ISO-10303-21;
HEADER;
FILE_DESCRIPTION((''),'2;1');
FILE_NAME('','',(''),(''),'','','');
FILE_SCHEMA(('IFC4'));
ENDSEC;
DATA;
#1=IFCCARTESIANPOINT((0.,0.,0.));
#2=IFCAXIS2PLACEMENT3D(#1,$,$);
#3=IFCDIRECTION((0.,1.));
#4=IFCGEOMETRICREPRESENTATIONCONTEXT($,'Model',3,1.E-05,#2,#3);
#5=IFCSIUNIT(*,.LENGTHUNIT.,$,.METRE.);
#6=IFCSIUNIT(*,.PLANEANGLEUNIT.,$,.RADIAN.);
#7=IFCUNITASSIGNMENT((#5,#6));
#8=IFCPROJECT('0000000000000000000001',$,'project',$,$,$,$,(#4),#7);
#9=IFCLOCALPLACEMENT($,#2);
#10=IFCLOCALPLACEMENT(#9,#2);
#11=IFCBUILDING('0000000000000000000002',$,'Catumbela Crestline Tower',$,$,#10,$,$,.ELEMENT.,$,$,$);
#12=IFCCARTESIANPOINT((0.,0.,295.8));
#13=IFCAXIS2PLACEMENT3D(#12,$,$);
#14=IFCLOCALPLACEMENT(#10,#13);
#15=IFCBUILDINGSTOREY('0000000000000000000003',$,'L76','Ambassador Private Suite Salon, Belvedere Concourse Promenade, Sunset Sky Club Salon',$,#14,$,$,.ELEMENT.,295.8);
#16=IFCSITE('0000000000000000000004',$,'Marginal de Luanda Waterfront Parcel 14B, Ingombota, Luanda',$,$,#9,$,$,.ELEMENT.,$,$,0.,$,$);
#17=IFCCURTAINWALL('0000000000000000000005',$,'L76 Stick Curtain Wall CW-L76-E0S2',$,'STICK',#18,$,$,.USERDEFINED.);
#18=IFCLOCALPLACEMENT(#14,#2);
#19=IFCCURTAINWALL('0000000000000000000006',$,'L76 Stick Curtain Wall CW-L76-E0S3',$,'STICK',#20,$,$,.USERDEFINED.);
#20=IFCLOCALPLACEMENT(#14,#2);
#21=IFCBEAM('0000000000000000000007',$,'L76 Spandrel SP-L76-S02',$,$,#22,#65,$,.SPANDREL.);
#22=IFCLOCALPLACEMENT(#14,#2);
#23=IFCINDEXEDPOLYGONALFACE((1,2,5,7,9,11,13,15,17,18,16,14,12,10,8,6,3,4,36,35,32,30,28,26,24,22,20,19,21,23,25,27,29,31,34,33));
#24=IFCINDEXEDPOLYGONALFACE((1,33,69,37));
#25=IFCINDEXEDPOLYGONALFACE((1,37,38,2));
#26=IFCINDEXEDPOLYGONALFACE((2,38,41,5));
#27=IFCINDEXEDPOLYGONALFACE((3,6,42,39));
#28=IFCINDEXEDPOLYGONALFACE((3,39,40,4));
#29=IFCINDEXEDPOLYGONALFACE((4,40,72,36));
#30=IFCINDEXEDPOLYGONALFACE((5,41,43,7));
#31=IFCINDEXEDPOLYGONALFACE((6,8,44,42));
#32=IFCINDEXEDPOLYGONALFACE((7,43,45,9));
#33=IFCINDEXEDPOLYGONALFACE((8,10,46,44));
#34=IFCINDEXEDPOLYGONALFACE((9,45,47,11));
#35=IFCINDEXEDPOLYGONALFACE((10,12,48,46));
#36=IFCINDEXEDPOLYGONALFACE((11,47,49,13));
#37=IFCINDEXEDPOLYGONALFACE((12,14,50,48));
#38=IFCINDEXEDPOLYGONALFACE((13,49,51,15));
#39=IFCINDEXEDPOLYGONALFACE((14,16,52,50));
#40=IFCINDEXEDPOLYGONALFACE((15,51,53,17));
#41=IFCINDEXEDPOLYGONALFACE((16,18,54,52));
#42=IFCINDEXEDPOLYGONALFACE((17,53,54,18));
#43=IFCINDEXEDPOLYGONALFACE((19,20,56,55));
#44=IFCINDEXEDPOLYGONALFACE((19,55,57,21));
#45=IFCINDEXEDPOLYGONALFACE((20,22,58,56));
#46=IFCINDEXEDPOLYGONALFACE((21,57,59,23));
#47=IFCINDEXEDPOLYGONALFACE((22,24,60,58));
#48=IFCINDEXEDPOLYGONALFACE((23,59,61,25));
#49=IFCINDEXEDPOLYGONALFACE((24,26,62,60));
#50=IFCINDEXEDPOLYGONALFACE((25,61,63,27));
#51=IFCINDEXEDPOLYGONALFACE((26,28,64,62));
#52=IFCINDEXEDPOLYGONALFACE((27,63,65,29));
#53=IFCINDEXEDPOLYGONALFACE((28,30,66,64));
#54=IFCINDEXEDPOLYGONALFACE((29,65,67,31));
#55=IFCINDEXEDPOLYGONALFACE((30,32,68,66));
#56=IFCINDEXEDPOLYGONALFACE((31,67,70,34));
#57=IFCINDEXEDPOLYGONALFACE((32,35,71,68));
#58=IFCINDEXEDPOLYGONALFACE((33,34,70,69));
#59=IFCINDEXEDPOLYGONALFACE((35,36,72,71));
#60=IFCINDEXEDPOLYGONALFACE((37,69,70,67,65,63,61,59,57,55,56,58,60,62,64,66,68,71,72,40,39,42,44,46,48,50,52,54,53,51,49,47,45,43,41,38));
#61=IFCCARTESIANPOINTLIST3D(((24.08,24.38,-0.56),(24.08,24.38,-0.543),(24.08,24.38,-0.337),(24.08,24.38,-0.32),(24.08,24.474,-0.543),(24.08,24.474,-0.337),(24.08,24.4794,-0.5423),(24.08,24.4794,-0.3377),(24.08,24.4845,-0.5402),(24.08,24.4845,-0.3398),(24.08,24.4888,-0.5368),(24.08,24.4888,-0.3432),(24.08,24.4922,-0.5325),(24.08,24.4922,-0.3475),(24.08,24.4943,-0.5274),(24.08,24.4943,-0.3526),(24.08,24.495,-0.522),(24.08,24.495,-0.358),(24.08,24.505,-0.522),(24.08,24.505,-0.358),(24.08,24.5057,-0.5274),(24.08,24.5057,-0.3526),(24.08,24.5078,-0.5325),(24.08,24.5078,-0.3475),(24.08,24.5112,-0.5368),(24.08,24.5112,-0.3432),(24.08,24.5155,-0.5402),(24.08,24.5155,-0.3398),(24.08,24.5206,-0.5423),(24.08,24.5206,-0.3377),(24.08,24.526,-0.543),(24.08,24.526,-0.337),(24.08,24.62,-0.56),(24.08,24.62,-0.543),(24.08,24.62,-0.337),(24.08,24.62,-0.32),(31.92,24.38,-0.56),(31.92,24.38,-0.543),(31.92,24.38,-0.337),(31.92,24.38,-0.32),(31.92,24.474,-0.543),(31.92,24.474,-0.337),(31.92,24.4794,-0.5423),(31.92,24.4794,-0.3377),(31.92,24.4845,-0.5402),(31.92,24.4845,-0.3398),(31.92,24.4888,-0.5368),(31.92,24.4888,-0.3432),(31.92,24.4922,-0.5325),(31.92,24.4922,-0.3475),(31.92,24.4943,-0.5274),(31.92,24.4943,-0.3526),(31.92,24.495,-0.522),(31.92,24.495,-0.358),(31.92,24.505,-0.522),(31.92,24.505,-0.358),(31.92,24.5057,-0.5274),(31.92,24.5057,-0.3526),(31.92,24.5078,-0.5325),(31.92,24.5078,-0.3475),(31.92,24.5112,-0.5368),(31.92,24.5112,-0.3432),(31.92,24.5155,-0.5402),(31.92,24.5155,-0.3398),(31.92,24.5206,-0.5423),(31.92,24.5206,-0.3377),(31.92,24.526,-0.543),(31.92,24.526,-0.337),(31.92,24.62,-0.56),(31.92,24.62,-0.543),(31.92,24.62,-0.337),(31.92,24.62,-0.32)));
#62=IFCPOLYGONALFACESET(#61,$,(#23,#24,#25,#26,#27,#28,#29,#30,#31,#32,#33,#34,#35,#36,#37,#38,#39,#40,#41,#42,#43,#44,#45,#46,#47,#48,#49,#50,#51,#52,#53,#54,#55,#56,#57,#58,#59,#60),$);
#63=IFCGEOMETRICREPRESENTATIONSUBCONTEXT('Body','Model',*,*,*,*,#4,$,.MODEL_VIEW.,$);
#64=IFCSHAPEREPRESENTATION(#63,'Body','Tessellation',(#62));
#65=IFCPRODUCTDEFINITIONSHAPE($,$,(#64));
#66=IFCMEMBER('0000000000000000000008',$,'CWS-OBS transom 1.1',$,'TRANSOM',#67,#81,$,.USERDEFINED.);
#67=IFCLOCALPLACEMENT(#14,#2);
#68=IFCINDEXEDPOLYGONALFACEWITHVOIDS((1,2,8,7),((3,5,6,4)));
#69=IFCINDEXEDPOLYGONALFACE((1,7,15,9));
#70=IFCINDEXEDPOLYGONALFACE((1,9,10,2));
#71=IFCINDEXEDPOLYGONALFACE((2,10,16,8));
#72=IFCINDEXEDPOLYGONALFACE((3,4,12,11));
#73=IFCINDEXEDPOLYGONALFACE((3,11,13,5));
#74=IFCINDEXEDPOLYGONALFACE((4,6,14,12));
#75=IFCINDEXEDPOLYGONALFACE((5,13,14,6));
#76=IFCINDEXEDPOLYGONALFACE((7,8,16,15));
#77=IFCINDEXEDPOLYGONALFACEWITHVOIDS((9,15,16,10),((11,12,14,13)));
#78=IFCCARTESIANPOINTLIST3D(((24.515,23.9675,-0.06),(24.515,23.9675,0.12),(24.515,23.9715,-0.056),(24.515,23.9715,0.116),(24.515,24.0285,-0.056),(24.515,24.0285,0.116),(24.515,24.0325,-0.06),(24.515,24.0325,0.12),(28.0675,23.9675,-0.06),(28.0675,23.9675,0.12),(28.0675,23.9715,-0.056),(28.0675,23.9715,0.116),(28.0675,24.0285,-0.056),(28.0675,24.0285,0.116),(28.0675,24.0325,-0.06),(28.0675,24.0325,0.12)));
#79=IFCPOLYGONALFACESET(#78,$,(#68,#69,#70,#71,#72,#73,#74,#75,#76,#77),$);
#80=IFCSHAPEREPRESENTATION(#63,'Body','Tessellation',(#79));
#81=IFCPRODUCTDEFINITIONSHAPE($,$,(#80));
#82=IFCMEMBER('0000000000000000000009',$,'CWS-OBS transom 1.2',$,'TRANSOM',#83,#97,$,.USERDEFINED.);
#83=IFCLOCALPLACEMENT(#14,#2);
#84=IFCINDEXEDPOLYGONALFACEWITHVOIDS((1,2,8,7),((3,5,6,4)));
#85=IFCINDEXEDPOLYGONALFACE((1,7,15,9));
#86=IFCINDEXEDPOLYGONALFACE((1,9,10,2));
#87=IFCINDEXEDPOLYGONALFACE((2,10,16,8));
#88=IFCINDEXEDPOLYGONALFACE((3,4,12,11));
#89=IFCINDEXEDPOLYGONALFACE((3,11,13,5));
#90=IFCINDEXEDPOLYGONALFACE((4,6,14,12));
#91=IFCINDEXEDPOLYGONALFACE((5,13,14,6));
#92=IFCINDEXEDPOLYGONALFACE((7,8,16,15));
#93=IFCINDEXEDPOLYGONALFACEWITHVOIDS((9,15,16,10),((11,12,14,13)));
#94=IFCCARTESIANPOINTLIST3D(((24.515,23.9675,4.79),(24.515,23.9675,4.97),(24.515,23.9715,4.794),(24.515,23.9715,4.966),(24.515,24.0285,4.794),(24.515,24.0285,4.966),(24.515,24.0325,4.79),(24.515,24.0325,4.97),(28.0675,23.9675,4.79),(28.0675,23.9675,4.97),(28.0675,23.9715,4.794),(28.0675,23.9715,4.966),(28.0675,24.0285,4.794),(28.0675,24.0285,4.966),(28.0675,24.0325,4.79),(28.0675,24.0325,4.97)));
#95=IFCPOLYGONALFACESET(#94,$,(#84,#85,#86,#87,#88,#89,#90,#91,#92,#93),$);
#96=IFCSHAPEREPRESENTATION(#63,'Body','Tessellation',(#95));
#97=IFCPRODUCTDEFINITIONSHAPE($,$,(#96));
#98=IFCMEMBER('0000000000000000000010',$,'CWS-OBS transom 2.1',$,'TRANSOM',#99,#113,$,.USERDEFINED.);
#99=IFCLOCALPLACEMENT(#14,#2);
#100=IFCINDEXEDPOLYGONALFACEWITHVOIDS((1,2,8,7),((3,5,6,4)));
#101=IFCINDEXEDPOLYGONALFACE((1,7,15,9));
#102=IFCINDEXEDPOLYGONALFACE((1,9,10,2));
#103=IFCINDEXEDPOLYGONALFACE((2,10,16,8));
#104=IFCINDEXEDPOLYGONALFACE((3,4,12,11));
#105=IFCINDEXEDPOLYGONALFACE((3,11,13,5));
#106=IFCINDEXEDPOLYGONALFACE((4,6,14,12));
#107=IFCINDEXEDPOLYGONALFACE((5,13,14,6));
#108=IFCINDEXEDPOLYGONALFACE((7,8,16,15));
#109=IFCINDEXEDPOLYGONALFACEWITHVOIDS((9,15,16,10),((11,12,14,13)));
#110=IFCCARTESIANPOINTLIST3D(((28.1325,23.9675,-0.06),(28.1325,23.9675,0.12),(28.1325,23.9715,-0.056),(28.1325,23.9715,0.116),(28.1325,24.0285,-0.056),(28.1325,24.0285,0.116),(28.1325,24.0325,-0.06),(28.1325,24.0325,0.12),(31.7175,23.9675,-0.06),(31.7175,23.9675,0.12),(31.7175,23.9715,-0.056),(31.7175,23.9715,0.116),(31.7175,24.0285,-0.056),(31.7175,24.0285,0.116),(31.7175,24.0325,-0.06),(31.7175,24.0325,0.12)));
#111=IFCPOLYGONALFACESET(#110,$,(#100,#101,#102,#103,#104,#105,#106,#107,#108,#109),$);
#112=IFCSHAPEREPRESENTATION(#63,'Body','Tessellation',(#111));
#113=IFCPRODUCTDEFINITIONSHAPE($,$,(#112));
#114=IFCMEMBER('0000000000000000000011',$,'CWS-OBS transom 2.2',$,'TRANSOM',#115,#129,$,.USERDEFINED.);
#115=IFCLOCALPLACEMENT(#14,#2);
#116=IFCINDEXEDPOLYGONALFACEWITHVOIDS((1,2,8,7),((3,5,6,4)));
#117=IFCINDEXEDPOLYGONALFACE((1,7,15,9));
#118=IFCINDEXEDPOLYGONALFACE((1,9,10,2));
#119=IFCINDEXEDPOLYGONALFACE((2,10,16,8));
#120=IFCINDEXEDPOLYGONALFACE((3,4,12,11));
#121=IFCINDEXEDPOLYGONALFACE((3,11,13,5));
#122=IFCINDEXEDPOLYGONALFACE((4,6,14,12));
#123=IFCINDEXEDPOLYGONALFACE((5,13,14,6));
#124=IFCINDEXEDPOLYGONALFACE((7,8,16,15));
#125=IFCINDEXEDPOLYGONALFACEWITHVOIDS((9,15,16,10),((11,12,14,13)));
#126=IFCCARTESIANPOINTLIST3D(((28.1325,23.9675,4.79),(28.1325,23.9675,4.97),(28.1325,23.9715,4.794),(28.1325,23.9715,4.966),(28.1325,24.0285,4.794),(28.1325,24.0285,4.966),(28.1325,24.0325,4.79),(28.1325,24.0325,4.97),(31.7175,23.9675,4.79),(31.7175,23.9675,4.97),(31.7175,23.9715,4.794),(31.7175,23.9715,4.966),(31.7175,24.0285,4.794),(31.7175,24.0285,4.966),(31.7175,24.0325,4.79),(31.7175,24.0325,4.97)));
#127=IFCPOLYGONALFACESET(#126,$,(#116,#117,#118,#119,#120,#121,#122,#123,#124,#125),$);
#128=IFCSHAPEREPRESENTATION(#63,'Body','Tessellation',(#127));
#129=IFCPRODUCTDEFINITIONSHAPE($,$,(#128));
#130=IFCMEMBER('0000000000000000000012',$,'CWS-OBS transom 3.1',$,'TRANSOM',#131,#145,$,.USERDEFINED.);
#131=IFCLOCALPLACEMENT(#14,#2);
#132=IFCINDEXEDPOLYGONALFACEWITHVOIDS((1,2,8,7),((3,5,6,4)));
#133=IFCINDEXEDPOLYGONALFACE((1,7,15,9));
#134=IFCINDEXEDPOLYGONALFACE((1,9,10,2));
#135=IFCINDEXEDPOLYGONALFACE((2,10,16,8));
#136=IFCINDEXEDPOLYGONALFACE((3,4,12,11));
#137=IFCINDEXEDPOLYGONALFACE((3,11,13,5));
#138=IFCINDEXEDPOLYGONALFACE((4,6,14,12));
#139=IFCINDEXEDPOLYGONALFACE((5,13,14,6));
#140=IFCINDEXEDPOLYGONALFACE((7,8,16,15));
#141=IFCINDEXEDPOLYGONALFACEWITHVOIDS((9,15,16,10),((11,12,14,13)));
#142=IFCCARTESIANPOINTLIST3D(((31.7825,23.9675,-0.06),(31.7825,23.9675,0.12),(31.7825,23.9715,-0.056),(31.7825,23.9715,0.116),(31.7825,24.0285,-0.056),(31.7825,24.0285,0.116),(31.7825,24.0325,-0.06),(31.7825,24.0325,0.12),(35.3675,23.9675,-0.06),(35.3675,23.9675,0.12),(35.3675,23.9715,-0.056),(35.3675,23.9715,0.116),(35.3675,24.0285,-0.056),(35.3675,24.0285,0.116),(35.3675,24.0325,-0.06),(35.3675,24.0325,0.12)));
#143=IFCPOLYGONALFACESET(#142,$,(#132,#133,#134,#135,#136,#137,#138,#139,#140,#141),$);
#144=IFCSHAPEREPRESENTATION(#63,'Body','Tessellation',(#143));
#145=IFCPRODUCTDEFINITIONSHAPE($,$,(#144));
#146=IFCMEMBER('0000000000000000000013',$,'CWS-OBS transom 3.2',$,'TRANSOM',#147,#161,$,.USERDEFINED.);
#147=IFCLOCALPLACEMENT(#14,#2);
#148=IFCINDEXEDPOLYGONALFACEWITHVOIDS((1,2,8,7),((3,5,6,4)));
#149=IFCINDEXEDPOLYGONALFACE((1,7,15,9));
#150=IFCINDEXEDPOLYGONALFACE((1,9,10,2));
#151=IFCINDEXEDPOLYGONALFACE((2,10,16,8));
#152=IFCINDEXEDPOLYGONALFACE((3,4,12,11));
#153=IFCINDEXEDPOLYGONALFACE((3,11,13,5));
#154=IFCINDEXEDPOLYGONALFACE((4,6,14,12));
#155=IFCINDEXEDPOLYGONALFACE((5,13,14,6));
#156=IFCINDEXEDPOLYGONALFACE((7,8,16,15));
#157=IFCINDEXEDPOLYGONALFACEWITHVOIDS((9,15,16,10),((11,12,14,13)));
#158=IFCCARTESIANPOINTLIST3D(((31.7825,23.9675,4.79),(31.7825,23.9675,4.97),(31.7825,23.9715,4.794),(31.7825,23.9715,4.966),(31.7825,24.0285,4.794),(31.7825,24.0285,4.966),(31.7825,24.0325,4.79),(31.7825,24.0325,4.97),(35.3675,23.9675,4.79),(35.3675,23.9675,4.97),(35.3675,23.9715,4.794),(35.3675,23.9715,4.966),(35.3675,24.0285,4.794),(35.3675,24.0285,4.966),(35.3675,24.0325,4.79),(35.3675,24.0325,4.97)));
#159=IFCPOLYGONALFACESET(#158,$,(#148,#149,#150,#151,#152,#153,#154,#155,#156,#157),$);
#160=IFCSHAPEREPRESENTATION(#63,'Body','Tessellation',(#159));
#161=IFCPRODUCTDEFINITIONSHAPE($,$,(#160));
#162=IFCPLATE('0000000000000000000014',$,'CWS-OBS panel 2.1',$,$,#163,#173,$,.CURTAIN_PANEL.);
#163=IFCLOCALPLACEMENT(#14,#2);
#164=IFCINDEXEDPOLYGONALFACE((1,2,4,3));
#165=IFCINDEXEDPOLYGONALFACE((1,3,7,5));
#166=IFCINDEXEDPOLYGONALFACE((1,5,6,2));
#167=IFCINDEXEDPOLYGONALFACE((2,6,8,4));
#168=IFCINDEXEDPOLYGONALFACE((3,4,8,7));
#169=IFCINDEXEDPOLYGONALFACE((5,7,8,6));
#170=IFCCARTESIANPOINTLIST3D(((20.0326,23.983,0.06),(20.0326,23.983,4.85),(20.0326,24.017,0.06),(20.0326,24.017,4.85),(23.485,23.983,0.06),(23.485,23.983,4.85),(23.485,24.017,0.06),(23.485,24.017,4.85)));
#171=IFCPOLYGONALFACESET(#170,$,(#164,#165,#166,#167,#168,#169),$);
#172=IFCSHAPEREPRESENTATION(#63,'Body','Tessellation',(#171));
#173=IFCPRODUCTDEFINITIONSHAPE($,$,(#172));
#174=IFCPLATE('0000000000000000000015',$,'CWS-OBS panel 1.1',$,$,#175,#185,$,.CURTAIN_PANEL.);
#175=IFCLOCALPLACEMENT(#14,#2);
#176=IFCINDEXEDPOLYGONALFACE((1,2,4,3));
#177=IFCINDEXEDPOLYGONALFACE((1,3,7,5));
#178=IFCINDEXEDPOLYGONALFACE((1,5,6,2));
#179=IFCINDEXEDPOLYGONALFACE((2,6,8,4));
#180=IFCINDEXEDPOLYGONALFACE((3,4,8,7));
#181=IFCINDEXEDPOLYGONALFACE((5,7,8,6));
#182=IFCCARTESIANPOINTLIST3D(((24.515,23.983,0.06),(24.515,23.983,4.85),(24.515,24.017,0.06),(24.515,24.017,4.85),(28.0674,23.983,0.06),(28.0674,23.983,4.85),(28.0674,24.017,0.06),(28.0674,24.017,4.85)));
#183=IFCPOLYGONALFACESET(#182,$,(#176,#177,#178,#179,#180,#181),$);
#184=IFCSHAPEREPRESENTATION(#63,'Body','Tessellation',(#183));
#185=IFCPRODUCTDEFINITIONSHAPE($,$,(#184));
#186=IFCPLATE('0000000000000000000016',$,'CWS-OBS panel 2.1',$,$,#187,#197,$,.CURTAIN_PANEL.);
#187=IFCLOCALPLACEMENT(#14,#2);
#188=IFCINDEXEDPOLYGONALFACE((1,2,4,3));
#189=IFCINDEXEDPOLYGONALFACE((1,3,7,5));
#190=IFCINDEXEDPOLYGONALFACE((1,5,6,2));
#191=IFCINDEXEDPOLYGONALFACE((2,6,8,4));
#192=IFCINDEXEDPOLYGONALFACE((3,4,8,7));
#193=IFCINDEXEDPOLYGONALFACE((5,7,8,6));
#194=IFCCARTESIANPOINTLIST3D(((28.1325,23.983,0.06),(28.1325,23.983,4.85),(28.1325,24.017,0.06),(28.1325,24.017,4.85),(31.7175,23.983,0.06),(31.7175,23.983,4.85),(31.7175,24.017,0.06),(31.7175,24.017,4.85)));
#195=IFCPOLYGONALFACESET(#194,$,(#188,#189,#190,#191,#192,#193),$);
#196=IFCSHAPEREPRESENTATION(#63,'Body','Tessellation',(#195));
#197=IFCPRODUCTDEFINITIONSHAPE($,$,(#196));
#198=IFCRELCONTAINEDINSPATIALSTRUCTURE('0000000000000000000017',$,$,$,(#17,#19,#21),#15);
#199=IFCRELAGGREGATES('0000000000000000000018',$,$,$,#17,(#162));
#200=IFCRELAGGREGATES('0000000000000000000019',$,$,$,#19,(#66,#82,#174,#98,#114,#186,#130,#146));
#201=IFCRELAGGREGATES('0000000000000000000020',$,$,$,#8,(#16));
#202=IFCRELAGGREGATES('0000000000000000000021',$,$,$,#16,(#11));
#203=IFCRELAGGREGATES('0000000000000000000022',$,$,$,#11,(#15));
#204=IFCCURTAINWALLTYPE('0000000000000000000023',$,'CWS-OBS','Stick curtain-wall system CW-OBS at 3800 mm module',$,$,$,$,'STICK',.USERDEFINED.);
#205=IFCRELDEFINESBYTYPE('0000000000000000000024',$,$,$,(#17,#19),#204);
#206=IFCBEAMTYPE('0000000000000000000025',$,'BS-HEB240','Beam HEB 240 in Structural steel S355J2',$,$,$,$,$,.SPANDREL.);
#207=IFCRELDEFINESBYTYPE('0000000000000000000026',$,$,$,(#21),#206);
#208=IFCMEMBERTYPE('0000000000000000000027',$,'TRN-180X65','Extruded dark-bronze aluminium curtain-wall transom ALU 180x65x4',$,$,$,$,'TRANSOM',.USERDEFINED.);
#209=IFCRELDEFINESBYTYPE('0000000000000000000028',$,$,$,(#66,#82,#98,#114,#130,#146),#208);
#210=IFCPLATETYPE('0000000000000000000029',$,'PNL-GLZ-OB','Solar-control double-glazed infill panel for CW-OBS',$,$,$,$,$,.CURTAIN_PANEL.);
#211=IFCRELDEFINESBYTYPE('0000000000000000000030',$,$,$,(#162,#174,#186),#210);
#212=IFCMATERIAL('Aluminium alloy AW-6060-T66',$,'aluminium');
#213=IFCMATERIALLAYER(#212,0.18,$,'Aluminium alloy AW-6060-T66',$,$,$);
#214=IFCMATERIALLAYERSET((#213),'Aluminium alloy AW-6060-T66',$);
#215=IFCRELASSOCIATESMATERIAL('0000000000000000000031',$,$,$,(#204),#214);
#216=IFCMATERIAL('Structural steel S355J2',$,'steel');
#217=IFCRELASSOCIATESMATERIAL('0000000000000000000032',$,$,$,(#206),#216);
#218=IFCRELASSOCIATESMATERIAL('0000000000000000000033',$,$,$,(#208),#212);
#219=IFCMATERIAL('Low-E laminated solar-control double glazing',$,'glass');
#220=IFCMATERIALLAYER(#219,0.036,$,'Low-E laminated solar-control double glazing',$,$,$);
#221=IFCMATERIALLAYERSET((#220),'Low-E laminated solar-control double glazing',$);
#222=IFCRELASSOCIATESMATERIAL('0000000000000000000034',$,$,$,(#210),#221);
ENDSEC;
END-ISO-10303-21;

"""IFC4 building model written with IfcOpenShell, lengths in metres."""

from ifc_helpers import new_model, si_unit, direction, frame, origin, origin_2d, place, context, subcontext, project, spatial, rectangle, hollow_rectangle, i_section, extrude, material, layer, layer_set, material_profile, profile_set, type_object, element, aggregate, save


model = new_model("IFC4")

# Units and contexts
model_context = context("Model", 3, precision=1e-05, world=origin(), true_north=direction((0.0, 1.0)))
body_context = subcontext(model_context, "Body", "Model", "MODEL_VIEW")
ifc_project = project(units=[si_unit("LENGTHUNIT", "METRE"), si_unit("PLANEANGLEUNIT", "RADIAN")], contexts=[model_context])

# Site, building, storey
site_placement = place(None, origin())
site = spatial("IfcSite", under=ifc_project, at=site_placement, Name="Marginal de Luanda Waterfront Parcel 14B, Ingombota, Luanda", CompositionType="ELEMENT", RefElevation=0.0)
building_placement = place(site_placement, origin())
building = spatial("IfcBuilding", under=site, at=building_placement, Name="Catumbela Crestline Tower", CompositionType="ELEMENT")
storey_placement = place(building_placement, frame((0.0, 0.0, 295.8)))
storey = spatial("IfcBuildingStorey", under=building, at=storey_placement, Name="L76", Description="Ambassador Private Suite Salon, Belvedere Concourse Promenade, Sunset Sky Club Salon", CompositionType="ELEMENT", Elevation=295.8)

# Shared definitions
ifc_material_1 = material(Name="Structural steel S355J2", Category="steel")

# Curtain wall
ifc_material_2 = material(Name="Aluminium alloy AW-6060-T66", Category="aluminium")
ifc_layer_1 = layer(ifc_material_2, 0.18, Name="Aluminium alloy AW-6060-T66")
ifc_layer_set_1 = layer_set([ifc_layer_1], Name="Aluminium alloy AW-6060-T66")
curtain_wall_type = type_object("IfcCurtainWallType", Name="CWS-OBS", Description="Stick curtain-wall system CW-OBS at 3800 mm module", ElementType="STICK", PredefinedType="USERDEFINED", material=ifc_layer_set_1)
curtain_wall_1_placement = place(storey_placement, origin())
curtain_wall_1 = element("IfcCurtainWall", 1, at=curtain_wall_1_placement, inside=storey, type_object=curtain_wall_type, Name="L76 Stick Curtain Wall CW-L76-E0S2", ObjectType="STICK", PredefinedType="USERDEFINED")

# Curtain wall
curtain_wall_2_placement = place(storey_placement, origin())
curtain_wall_2 = element("IfcCurtainWall", 2, at=curtain_wall_2_placement, inside=storey, type_object=curtain_wall_type, Name="L76 Stick Curtain Wall CW-L76-E0S3", ObjectType="STICK", PredefinedType="USERDEFINED")

# Beam
ifc_material_profile_1 = material_profile(ifc_material_1, i_section(OverallWidth=0.24, OverallDepth=0.24, WebThickness=0.01, FlangeThickness=0.017, FilletRadius=0.021, at=origin_2d()), Name="HEB 240")
ifc_profile_set_1 = profile_set([ifc_material_profile_1], Name="Structural steel S355J2")
beam_type_1 = type_object("IfcBeamType", Name="BS-HEB240", Description="Beam HEB 240 in Structural steel S355J2", PredefinedType="SPANDREL", material=ifc_profile_set_1)
beam_placement = place(storey_placement, frame((24.08, 24.5, -0.44), z_axis=(1.0, 0.0, 0.0), x_axis=(0.0, 1.0, 0.0)))
element("IfcBeam", 3, at=beam_placement, inside=storey, type_object=beam_type_1, Name="L76 Spandrel SP-L76-S02", PredefinedType="SPANDREL", context=body_context, shape_type="SweptSolid", body=[
    extrude(i_section(OverallWidth=0.24, OverallDepth=0.24, WebThickness=0.01, FlangeThickness=0.017, FilletRadius=0.021, at=origin_2d()), origin(), (0.0, 0.0, 1.0), 7.84),
])

# Members
ifc_material_profile_2 = material_profile(ifc_material_2, hollow_rectangle(XDim=0.065, YDim=0.18, WallThickness=0.004, at=origin_2d()), Name="ALU 180x65x4")
ifc_profile_set_2 = profile_set([ifc_material_profile_2], Name="Aluminium alloy AW-6060-T66")
member_type_1 = type_object("IfcMemberType", Name="TRN-180X65", Description="Extruded dark-bronze aluminium curtain-wall transom ALU 180x65x4", ElementType="TRANSOM", PredefinedType="USERDEFINED", material=ifc_profile_set_2)
member_1_placement = place(storey_placement, frame((24.515, 24.0, 0.03), z_axis=(1.0, 0.0, 0.0), x_axis=(0.0, 1.0, 0.0)))
member_1 = element("IfcMember", 4, at=member_1_placement, type_object=member_type_1, Name="CWS-OBS transom 1.1", ObjectType="TRANSOM", PredefinedType="USERDEFINED", context=body_context, shape_type="SweptSolid", body=[
    extrude(hollow_rectangle(XDim=0.065, YDim=0.18, WallThickness=0.004, at=origin_2d()), origin(), (0.0, 0.0, 1.0), 3.5525),
])
member_2_placement = place(storey_placement, frame((24.515, 24.0, 4.88), z_axis=(1.0, 0.0, 0.0), x_axis=(0.0, 1.0, 0.0)))
member_2 = element("IfcMember", 5, at=member_2_placement, type_object=member_type_1, Name="CWS-OBS transom 1.2", ObjectType="TRANSOM", PredefinedType="USERDEFINED", context=body_context, shape_type="SweptSolid", body=[
    extrude(hollow_rectangle(XDim=0.065, YDim=0.18, WallThickness=0.004, at=origin_2d()), origin(), (0.0, 0.0, 1.0), 3.5525),
])
member_3_placement = place(storey_placement, frame((28.1325, 24.0, 0.03), z_axis=(1.0, 0.0, 0.0), x_axis=(0.0, 1.0, 0.0)))
member_3 = element("IfcMember", 6, at=member_3_placement, type_object=member_type_1, Name="CWS-OBS transom 2.1", ObjectType="TRANSOM", PredefinedType="USERDEFINED", context=body_context, shape_type="SweptSolid", body=[
    extrude(hollow_rectangle(XDim=0.065, YDim=0.18, WallThickness=0.004, at=origin_2d()), origin(), (0.0, 0.0, 1.0), 3.585),
])
member_4_placement = place(storey_placement, frame((28.1325, 24.0, 4.88), z_axis=(1.0, 0.0, 0.0), x_axis=(0.0, 1.0, 0.0)))
member_4 = element("IfcMember", 7, at=member_4_placement, type_object=member_type_1, Name="CWS-OBS transom 2.2", ObjectType="TRANSOM", PredefinedType="USERDEFINED", context=body_context, shape_type="SweptSolid", body=[
    extrude(hollow_rectangle(XDim=0.065, YDim=0.18, WallThickness=0.004, at=origin_2d()), origin(), (0.0, 0.0, 1.0), 3.585),
])
member_5_placement = place(storey_placement, frame((31.7825, 24.0, 0.03), z_axis=(1.0, 0.0, 0.0), x_axis=(0.0, 1.0, 0.0)))
member_5 = element("IfcMember", 8, at=member_5_placement, type_object=member_type_1, Name="CWS-OBS transom 3.1", ObjectType="TRANSOM", PredefinedType="USERDEFINED", context=body_context, shape_type="SweptSolid", body=[
    extrude(hollow_rectangle(XDim=0.065, YDim=0.18, WallThickness=0.004, at=origin_2d()), origin(), (0.0, 0.0, 1.0), 3.585),
])
member_6_placement = place(storey_placement, frame((31.7825, 24.0, 4.88), z_axis=(1.0, 0.0, 0.0), x_axis=(0.0, 1.0, 0.0)))
member_6 = element("IfcMember", 9, at=member_6_placement, type_object=member_type_1, Name="CWS-OBS transom 3.2", ObjectType="TRANSOM", PredefinedType="USERDEFINED", context=body_context, shape_type="SweptSolid", body=[
    extrude(hollow_rectangle(XDim=0.065, YDim=0.18, WallThickness=0.004, at=origin_2d()), origin(), (0.0, 0.0, 1.0), 3.585),
])

# Plates
ifc_material_3 = material(Name="Low-E laminated solar-control double glazing", Category="glass")
ifc_layer_2 = layer(ifc_material_3, 0.036, Name="Low-E laminated solar-control double glazing")
ifc_layer_set_2 = layer_set([ifc_layer_2], Name="Low-E laminated solar-control double glazing")
plate_type = type_object("IfcPlateType", Name="PNL-GLZ-OB", Description="Solar-control double-glazed infill panel for CW-OBS", PredefinedType="CURTAIN_PANEL", material=ifc_layer_set_2)
plate_1_placement = place(storey_placement, frame((21.7588, 24.0, 0.06), z_axis=(0.0, 0.0, 1.0), x_axis=(1.0, 0.0, 0.0)))
plate_1 = element("IfcPlate", 10, at=plate_1_placement, type_object=plate_type, Name="CWS-OBS panel 2.1", PredefinedType="CURTAIN_PANEL", context=body_context, shape_type="SweptSolid", body=[
    extrude(rectangle(XDim=3.4525, YDim=0.034, at=origin_2d()), origin(), (0.0, 0.0, 1.0), 4.79),
])
aggregate(curtain_wall_1, [plate_1])
plate_2_placement = place(storey_placement, frame((26.2912, 24.0, 0.06), z_axis=(0.0, 0.0, 1.0), x_axis=(1.0, 0.0, 0.0)))
plate_2 = element("IfcPlate", 11, at=plate_2_placement, type_object=plate_type, Name="CWS-OBS panel 1.1", PredefinedType="CURTAIN_PANEL", context=body_context, shape_type="SweptSolid", body=[
    extrude(rectangle(XDim=3.5525, YDim=0.034, at=origin_2d()), origin(), (0.0, 0.0, 1.0), 4.79),
])
plate_3_placement = place(storey_placement, frame((29.925, 24.0, 0.06), z_axis=(0.0, 0.0, 1.0), x_axis=(1.0, 0.0, 0.0)))
plate_3 = element("IfcPlate", 12, at=plate_3_placement, type_object=plate_type, Name="CWS-OBS panel 2.1", PredefinedType="CURTAIN_PANEL", context=body_context, shape_type="SweptSolid", body=[
    extrude(rectangle(XDim=3.585, YDim=0.034, at=origin_2d()), origin(), (0.0, 0.0, 1.0), 4.79),
])
aggregate(curtain_wall_2, [member_1, member_2, plate_2, member_3, member_4, plate_3, member_5, member_6])

save(model, "model.ifc")
